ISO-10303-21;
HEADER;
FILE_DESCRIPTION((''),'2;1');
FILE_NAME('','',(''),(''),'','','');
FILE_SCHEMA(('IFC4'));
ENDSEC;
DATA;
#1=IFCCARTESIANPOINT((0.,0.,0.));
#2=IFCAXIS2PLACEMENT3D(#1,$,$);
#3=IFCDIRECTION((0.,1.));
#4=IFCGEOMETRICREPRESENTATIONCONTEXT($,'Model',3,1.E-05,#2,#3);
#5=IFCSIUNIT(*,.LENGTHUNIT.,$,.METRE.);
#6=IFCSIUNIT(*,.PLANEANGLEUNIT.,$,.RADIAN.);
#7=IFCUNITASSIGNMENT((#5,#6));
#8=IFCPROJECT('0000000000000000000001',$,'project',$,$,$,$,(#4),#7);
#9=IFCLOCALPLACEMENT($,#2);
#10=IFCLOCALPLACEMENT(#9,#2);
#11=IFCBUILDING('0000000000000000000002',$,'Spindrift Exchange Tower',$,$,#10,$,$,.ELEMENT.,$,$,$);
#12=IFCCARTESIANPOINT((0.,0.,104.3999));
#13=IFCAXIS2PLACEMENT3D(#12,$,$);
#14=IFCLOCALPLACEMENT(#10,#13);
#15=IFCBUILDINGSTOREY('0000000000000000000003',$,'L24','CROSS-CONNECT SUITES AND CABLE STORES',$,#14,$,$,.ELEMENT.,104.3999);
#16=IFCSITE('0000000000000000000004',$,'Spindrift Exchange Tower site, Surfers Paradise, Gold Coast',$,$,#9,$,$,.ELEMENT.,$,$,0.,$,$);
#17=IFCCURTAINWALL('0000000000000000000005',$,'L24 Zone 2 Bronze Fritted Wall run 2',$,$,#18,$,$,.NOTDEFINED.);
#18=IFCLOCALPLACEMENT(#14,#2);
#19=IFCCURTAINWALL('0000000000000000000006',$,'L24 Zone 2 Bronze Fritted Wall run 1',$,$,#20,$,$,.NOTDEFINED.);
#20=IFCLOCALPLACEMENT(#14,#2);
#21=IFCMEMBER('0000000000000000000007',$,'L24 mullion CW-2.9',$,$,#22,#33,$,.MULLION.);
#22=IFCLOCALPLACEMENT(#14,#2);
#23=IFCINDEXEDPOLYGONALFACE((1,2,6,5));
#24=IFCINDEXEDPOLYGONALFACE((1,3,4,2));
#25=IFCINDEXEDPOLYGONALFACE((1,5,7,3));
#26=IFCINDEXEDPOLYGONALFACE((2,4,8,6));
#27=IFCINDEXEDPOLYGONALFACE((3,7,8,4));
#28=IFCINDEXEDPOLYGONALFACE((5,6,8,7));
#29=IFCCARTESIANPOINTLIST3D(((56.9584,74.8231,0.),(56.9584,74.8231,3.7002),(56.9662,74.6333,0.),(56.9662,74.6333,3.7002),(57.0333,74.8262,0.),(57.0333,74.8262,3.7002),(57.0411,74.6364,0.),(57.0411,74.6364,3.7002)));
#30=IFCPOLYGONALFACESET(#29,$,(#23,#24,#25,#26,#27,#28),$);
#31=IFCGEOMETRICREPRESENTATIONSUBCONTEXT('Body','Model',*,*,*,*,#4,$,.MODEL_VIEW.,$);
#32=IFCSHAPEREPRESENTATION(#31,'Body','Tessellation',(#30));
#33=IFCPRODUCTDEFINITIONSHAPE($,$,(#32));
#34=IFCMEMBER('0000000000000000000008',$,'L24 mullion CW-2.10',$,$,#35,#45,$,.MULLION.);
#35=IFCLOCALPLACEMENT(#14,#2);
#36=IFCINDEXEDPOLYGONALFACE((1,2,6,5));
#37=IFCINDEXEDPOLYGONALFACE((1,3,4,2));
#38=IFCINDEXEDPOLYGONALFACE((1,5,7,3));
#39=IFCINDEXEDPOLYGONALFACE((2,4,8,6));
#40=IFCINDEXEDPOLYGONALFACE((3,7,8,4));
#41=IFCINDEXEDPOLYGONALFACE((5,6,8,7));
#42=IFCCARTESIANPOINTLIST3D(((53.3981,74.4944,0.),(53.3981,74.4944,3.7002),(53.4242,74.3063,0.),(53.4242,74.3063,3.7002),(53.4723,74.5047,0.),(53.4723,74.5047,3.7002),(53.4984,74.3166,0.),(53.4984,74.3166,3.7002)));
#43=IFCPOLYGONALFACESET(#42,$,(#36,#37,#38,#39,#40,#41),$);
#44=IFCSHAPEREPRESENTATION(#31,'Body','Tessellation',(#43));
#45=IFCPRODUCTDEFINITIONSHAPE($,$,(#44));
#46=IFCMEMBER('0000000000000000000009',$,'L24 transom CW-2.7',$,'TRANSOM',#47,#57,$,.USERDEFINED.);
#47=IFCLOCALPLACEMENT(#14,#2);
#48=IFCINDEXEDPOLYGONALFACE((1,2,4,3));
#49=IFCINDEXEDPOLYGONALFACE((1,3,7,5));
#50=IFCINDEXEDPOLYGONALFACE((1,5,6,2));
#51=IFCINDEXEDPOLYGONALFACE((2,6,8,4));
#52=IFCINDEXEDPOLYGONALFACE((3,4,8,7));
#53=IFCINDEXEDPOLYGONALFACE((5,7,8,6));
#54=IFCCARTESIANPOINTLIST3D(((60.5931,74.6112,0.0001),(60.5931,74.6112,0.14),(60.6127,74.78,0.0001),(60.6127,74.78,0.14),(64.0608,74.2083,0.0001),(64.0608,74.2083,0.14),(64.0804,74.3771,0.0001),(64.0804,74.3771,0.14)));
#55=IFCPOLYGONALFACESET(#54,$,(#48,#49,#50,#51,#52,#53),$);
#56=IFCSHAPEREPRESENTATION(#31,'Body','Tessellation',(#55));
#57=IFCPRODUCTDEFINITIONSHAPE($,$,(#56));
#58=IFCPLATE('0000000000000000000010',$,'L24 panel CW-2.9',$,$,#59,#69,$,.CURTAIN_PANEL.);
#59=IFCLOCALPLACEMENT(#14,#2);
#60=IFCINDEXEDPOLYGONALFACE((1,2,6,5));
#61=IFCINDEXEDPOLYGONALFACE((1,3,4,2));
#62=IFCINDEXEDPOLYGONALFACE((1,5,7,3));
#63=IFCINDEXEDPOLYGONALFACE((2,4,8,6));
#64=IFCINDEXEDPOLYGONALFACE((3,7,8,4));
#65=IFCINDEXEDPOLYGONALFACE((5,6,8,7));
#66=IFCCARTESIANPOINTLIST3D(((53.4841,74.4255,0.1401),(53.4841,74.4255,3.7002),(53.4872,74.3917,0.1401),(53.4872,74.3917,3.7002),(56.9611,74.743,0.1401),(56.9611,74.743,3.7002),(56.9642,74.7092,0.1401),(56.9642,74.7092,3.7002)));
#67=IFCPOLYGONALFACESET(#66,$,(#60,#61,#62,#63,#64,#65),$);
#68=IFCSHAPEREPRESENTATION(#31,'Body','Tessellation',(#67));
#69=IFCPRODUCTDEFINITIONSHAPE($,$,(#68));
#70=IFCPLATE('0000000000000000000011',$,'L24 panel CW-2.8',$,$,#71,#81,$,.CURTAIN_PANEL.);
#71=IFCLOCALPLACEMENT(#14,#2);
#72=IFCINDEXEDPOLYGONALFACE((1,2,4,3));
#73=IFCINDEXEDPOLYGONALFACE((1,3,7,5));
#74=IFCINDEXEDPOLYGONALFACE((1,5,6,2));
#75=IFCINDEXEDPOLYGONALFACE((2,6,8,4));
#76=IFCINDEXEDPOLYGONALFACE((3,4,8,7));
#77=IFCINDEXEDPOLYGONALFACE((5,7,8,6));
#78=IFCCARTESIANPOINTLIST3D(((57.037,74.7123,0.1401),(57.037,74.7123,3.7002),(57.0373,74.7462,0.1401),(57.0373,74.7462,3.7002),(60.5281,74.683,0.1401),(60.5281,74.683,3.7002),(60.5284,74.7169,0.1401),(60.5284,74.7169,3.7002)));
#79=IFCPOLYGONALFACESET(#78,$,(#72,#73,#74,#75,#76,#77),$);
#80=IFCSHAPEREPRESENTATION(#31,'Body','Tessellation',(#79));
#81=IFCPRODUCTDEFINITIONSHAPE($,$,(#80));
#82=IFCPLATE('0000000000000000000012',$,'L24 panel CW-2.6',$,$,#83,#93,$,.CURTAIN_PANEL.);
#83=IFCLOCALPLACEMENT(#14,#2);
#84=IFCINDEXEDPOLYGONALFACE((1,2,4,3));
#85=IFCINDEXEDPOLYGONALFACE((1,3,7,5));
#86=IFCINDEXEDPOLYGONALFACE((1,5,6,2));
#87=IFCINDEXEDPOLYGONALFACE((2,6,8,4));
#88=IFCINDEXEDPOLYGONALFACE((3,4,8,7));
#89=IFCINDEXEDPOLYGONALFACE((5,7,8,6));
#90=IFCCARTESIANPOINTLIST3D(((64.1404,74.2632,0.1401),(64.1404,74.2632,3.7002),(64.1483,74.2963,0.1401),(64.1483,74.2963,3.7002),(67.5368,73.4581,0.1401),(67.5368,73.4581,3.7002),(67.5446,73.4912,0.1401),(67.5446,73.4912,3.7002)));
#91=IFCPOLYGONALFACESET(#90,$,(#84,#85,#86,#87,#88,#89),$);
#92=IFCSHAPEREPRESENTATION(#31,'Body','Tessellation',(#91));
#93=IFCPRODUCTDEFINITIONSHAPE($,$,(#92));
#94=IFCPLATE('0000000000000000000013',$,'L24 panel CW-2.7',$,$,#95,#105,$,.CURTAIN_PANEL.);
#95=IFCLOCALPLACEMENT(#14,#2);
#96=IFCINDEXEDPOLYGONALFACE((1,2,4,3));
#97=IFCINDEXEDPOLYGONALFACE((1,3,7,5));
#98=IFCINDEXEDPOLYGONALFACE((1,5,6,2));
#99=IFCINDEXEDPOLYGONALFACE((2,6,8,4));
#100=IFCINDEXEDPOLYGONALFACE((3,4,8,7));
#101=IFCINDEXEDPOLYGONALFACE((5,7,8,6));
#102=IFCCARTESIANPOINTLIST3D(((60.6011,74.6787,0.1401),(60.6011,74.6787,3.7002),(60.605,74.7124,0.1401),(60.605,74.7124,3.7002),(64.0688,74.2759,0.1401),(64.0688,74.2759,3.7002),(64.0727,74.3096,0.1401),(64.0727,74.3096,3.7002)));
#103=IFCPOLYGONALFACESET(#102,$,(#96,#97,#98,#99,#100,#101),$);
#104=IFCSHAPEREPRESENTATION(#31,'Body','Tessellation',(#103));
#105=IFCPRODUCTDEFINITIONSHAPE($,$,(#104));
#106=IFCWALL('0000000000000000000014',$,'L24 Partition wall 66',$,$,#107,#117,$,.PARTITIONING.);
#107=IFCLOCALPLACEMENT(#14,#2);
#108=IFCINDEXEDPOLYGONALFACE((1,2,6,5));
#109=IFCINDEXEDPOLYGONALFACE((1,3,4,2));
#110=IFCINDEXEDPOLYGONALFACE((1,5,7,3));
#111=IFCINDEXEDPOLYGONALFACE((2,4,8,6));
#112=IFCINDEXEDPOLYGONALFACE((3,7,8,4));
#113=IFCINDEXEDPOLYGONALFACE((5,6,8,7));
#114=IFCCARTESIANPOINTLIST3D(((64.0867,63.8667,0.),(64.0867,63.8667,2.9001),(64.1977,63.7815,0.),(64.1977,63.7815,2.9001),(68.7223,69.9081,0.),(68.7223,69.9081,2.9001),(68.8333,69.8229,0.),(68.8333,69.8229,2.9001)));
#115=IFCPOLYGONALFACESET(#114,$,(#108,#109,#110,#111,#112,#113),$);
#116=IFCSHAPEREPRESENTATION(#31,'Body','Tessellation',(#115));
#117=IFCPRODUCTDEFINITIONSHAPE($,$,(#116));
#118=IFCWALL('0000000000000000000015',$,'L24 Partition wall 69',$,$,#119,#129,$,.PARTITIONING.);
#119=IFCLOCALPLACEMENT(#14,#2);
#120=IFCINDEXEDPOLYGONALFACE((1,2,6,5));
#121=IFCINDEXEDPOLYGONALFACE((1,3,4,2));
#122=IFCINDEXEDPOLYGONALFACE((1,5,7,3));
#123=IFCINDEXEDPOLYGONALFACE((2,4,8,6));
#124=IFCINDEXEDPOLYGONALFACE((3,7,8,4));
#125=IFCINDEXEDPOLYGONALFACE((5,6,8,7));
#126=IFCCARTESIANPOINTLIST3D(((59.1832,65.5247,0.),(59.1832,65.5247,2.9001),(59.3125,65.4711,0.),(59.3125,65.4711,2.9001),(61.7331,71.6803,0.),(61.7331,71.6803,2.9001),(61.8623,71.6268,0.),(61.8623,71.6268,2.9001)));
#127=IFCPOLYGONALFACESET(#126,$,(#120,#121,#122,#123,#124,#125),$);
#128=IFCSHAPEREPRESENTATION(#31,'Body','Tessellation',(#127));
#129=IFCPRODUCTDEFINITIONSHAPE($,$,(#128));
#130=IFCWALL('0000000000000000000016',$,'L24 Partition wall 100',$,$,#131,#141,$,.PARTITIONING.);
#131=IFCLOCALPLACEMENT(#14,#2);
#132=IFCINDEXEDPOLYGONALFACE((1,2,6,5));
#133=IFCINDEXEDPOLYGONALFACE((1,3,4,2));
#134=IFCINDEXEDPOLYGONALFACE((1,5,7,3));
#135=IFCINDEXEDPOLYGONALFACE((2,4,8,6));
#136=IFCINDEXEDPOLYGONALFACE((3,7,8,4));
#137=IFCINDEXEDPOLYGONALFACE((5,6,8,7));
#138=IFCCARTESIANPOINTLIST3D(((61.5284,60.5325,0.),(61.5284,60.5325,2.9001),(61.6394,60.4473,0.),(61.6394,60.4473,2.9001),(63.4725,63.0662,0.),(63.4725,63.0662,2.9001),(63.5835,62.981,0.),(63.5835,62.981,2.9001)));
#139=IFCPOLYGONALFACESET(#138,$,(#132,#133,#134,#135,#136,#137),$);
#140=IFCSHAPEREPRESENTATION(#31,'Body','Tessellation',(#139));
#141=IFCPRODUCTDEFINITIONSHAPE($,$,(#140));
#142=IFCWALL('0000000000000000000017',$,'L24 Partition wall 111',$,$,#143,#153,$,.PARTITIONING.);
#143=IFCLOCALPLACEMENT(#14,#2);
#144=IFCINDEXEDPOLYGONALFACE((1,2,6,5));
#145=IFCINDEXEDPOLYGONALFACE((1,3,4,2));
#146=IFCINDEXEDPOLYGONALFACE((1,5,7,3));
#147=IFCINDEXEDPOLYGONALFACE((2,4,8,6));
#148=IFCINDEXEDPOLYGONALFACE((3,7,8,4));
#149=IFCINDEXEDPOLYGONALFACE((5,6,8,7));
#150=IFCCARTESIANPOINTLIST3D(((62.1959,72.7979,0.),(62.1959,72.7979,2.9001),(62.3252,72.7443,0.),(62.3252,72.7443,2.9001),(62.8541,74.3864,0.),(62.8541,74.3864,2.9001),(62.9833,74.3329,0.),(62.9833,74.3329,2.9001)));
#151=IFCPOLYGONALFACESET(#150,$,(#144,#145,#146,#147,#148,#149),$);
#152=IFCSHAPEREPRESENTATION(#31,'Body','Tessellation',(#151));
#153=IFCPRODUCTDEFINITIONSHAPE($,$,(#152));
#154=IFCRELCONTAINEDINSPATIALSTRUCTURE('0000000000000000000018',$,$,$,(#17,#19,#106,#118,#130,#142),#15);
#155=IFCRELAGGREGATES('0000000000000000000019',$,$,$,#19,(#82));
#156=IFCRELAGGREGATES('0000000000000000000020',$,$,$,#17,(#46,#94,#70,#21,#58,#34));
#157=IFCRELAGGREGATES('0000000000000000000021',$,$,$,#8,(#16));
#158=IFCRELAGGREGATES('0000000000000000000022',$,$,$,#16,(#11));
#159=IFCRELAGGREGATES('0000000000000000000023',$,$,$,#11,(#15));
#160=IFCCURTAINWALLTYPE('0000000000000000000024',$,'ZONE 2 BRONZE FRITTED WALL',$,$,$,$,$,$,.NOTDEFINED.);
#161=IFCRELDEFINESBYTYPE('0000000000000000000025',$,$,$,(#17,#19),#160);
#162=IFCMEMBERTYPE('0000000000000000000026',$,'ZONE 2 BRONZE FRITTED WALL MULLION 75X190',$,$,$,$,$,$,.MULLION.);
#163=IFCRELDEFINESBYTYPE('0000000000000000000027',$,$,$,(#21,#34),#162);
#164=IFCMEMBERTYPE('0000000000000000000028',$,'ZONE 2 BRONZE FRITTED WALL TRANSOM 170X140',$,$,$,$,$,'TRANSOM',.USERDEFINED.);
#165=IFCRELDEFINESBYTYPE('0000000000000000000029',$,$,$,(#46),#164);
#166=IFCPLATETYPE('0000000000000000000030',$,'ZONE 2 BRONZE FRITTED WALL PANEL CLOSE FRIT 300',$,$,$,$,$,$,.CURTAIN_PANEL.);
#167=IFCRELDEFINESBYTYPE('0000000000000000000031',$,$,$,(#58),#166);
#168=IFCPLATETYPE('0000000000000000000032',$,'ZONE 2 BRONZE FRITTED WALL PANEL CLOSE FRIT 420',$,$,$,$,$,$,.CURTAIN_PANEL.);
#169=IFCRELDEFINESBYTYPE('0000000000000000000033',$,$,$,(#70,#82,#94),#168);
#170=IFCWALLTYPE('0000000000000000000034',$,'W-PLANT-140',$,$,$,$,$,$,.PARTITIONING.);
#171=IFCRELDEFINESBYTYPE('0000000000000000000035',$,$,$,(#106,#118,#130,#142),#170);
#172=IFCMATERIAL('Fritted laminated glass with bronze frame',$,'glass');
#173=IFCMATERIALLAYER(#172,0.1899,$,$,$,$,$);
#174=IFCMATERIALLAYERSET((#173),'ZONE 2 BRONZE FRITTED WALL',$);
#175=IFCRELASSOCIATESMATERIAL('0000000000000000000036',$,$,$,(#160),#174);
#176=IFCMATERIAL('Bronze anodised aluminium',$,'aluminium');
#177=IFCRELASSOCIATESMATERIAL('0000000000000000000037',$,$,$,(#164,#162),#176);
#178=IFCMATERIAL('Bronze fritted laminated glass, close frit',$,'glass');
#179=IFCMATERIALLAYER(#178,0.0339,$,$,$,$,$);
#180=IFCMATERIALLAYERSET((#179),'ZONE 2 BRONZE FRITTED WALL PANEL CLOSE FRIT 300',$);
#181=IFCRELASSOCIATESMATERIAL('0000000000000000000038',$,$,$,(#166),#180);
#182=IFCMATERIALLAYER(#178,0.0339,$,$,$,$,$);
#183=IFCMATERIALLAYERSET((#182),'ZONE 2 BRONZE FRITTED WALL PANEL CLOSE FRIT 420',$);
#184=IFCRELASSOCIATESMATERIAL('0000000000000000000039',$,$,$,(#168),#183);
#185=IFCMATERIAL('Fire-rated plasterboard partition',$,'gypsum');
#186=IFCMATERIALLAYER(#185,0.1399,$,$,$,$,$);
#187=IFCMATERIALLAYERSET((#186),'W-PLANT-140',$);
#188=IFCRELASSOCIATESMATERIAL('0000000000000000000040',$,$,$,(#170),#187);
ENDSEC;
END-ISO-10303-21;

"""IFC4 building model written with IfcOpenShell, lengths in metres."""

from ifc_helpers import new_model, si_unit, direction, frame, frame_2d, origin, origin_2d, place, context, subcontext, project, spatial, rectangle, extrude, source, transform, mapped, material, layer, layer_set, material_profile, profile_set, type_object, element, aggregate, save


model = new_model("IFC4")

# Units and contexts
model_context = context("Model", 3, precision=1e-05, world=origin(), true_north=direction((0.0, 1.0)))
body_context = subcontext(model_context, "Body", "Model", "MODEL_VIEW")
ifc_project = project(units=[si_unit("LENGTHUNIT", "METRE"), si_unit("PLANEANGLEUNIT", "RADIAN")], contexts=[model_context])

# Site, building, storey
site_placement = place(None, origin())
site = spatial("IfcSite", under=ifc_project, at=site_placement, Name="Spindrift Exchange Tower site, Surfers Paradise, Gold Coast", CompositionType="ELEMENT", RefElevation=0.0)
building_placement = place(site_placement, origin())
building = spatial("IfcBuilding", under=site, at=building_placement, Name="Spindrift Exchange Tower", CompositionType="ELEMENT")
storey_placement = place(building_placement, frame((0.0, 0.0, 104.3999)))
storey = spatial("IfcBuildingStorey", under=building, at=storey_placement, Name="L24", Description="CROSS-CONNECT SUITES AND CABLE STORES", CompositionType="ELEMENT", Elevation=104.3999)

# Curtain wall
ifc_material_1 = material(Name="Fritted laminated glass with bronze frame", Category="glass")
ifc_layer_1 = layer(ifc_material_1, 0.1899)
ifc_layer_set_1 = layer_set([ifc_layer_1], Name="ZONE 2 BRONZE FRITTED WALL")
curtain_wall_type = type_object("IfcCurtainWallType", Name="ZONE 2 BRONZE FRITTED WALL", PredefinedType="NOTDEFINED", material=ifc_layer_set_1)
curtain_wall_1_placement = place(storey_placement, origin())
curtain_wall_1 = element("IfcCurtainWall", 1, at=curtain_wall_1_placement, inside=storey, type_object=curtain_wall_type, Name="L24 Zone 2 Bronze Fritted Wall run 2", PredefinedType="NOTDEFINED")
ifc_material_2 = material(Name="Bronze anodised aluminium", Category="aluminium")
ifc_material_profile_1 = material_profile(ifc_material_2, rectangle(XDim=0.1699, YDim=0.1399, at=origin_2d()), Name="ZONE 2 BRONZE FRITTED WALL TRANSOM 170X140")
ifc_profile_set_1 = profile_set([ifc_material_profile_1], Name="Bronze anodised aluminium")
member_type_1 = type_object("IfcMemberType", Name="ZONE 2 BRONZE FRITTED WALL TRANSOM 170X140", ElementType="TRANSOM", PredefinedType="USERDEFINED", material=ifc_profile_set_1)

# Curtain wall
curtain_wall_2_placement = place(storey_placement, origin())
curtain_wall_2 = element("IfcCurtainWall", 2, at=curtain_wall_2_placement, inside=storey, type_object=curtain_wall_type, Name="L24 Zone 2 Bronze Fritted Wall run 1", PredefinedType="NOTDEFINED")

# Members
ifc_material_profile_2 = material_profile(ifc_material_2, rectangle(XDim=0.075, YDim=0.1899, at=origin_2d()), Name="ZONE 2 BRONZE FRITTED WALL MULLION 75X190")
ifc_profile_set_2 = profile_set([ifc_material_profile_2], Name="Bronze anodised aluminium")
member_type_2 = type_object("IfcMemberType", Name="ZONE 2 BRONZE FRITTED WALL MULLION 75X190", PredefinedType="MULLION", material=ifc_profile_set_2)
shared_shape_1 = source(origin(), body_context, "Body", "SweptSolid", [
    extrude(rectangle(XDim=0.075, YDim=0.1899, at=origin_2d()), origin(), (0.0, 0.0, 1.0), 3.7002),
])
member_1_placement = place(storey_placement, frame((56.9998, 74.7297, 0.0), z_axis=(0.0, 0.0, 1.0), x_axis=(-0.999146, -0.041325, 0.0)))
member_1 = element("IfcMember", 3, at=member_1_placement, type_object=member_type_2, Name="L24 mullion CW-2.9", PredefinedType="MULLION", context=body_context, shape_type="MappedRepresentation", body=[
    mapped(shared_shape_1, transform((0.0, 0.0, 0.0), scale=1.0)),
])
member_2_placement = place(storey_placement, frame((53.4482, 74.4055, 0.0), z_axis=(0.0, 0.0, 1.0), x_axis=(-0.990519, -0.137374, 0.0)))
member_2 = element("IfcMember", 4, at=member_2_placement, type_object=member_type_2, Name="L24 mullion CW-2.10", PredefinedType="MULLION", context=body_context, shape_type="MappedRepresentation", body=[
    mapped(shared_shape_1, transform((0.0, 0.0, 0.0), scale=1.0)),
])
shared_shape_2 = source(origin(), body_context, "Body", "SweptSolid", [
    extrude(rectangle(XDim=0.1699, YDim=0.1399, at=origin_2d()), origin(), (0.0, 0.0, 1.0), 3.491),
])
member_3_placement = place(storey_placement, frame((64.0706, 74.2927, 0.0701), z_axis=(-0.99332, 0.115397, 0.0), x_axis=(-0.115397, -0.99332, 0.0)))
member_3 = element("IfcMember", 5, at=member_3_placement, type_object=member_type_1, Name="L24 transom CW-2.7", ObjectType="TRANSOM", PredefinedType="USERDEFINED", context=body_context, shape_type="MappedRepresentation", body=[
    mapped(shared_shape_2, transform((0.0, 0.0, 0.0), scale=1.0)),
])

# Plates
ifc_material_3 = material(Name="Bronze fritted laminated glass, close frit", Category="glass")
ifc_layer_2 = layer(ifc_material_3, 0.0339)
ifc_layer_set_2 = layer_set([ifc_layer_2], Name="ZONE 2 BRONZE FRITTED WALL PANEL CLOSE FRIT 300")
plate_type_1 = type_object("IfcPlateType", Name="ZONE 2 BRONZE FRITTED WALL PANEL CLOSE FRIT 300", PredefinedType="CURTAIN_PANEL", material=ifc_layer_set_2)
shared_shape_3 = source(origin(), body_context, "Body", "SweptSolid", [
    extrude(rectangle(XDim=3.4915, YDim=0.0339, at=origin_2d()), origin(), (0.0, 0.0, 1.0), 3.5601),
])
plate_1_placement = place(storey_placement, frame((55.2241, 74.5674, 0.1401), z_axis=(0.0, 0.0, 1.0), x_axis=(-0.995857, -0.090933, 0.0)))
plate_1 = element("IfcPlate", 6, at=plate_1_placement, type_object=plate_type_1, Name="L24 panel CW-2.9", PredefinedType="CURTAIN_PANEL", context=body_context, shape_type="MappedRepresentation", body=[
    mapped(shared_shape_3, transform((0.0, 0.0, 0.0), scale=1.0)),
])
ifc_layer_3 = layer(ifc_material_3, 0.0339)
ifc_layer_set_3 = layer_set([ifc_layer_3], Name="ZONE 2 BRONZE FRITTED WALL PANEL CLOSE FRIT 420")
plate_type_2 = type_object("IfcPlateType", Name="ZONE 2 BRONZE FRITTED WALL PANEL CLOSE FRIT 420", PredefinedType="CURTAIN_PANEL", material=ifc_layer_set_3)
shared_shape_4 = source(origin(), body_context, "Body", "SweptSolid", [
    extrude(rectangle(XDim=3.4912, YDim=0.0339, at=origin_2d()), origin(), (0.0, 0.0, 1.0), 3.5601),
])
plate_2_placement = place(storey_placement, frame((58.7827, 74.7146, 0.1401), z_axis=(0.0, 0.0, 1.0), x_axis=(-0.999965, 0.008384, 0.0)))
plate_2 = element("IfcPlate", 7, at=plate_2_placement, type_object=plate_type_2, Name="L24 panel CW-2.8", PredefinedType="CURTAIN_PANEL", context=body_context, shape_type="MappedRepresentation", body=[
    mapped(shared_shape_4, transform((0.0, 0.0, 0.0), scale=1.0)),
])
shared_shape_5 = source(origin(), body_context, "Body", "SweptSolid", [
    extrude(rectangle(XDim=3.4905, YDim=0.0339, at=origin_2d()), origin(), (0.0, 0.0, 1.0), 3.5601),
])
plate_3_placement = place(storey_placement, frame((65.8425, 73.8772, 0.1401), z_axis=(0.0, 0.0, 1.0), x_axis=(-0.973036, 0.230653, 0.0)))
plate_3 = element("IfcPlate", 8, at=plate_3_placement, type_object=plate_type_2, Name="L24 panel CW-2.6", PredefinedType="CURTAIN_PANEL", context=body_context, shape_type="MappedRepresentation", body=[
    mapped(shared_shape_5, transform((0.0, 0.0, 0.0), scale=1.0)),
])
aggregate(curtain_wall_2, [plate_3])
shared_shape_6 = source(origin(), body_context, "Body", "SweptSolid", [
    extrude(rectangle(XDim=3.491, YDim=0.0339, at=origin_2d()), origin(), (0.0, 0.0, 1.0), 3.5601),
])
plate_4_placement = place(storey_placement, frame((62.3369, 74.4941, 0.1401), z_axis=(0.0, 0.0, 1.0), x_axis=(-0.993323, 0.115371, 0.0)))
plate_4 = element("IfcPlate", 9, at=plate_4_placement, type_object=plate_type_2, Name="L24 panel CW-2.7", PredefinedType="CURTAIN_PANEL", context=body_context, shape_type="MappedRepresentation", body=[
    mapped(shared_shape_6, transform((0.0, 0.0, 0.0), scale=1.0)),
])
aggregate(curtain_wall_1, [member_3, plate_4, plate_2, member_1, plate_1, member_2])

# Walls
ifc_material_4 = material(Name="Fire-rated plasterboard partition", Category="gypsum")
ifc_layer_4 = layer(ifc_material_4, 0.1399)
ifc_layer_set_4 = layer_set([ifc_layer_4], Name="W-PLANT-140")
wall_type = type_object("IfcWallType", Name="W-PLANT-140", PredefinedType="PARTITIONING", material=ifc_layer_set_4)
wall_1_placement = place(storey_placement, frame((64.1421, 63.824, 0.0), z_axis=(0.0, 0.0, 1.0), x_axis=(0.608756, 0.793358, 0.0)))
element("IfcWall", 10, at=wall_1_placement, inside=storey, type_object=wall_type, Name="L24 Partition wall 66", PredefinedType="PARTITIONING", context=body_context, shape_type="SweptSolid", body=[
    extrude(rectangle(XDim=7.615, YDim=0.1399, at=frame_2d((3.8076, 0.0))), origin(), (0.0, 0.0, 1.0), 2.9001),
])
wall_2_placement = place(storey_placement, frame((59.2478, 65.4978, 0.0), z_axis=(0.0, 0.0, 1.0), x_axis=(0.382697, 0.923874, 0.0)))
element("IfcWall", 11, at=wall_2_placement, inside=storey, type_object=wall_type, Name="L24 Partition wall 69", PredefinedType="PARTITIONING", context=body_context, shape_type="SweptSolid", body=[
    extrude(rectangle(XDim=6.6628, YDim=0.1399, at=frame_2d((3.3315, 0.0))), origin(), (0.0, 0.0, 1.0), 2.9001),
])
wall_3_placement = place(storey_placement, frame((61.584, 60.49, 0.0), z_axis=(0.0, 0.0, 1.0), x_axis=(0.608746, 0.793365, 0.0)))
element("IfcWall", 12, at=wall_3_placement, inside=storey, type_object=wall_type, Name="L24 Partition wall 100", PredefinedType="PARTITIONING", context=body_context, shape_type="SweptSolid", body=[
    extrude(rectangle(XDim=3.1936, YDim=0.1399, at=frame_2d((1.5967, 0.0))), origin(), (0.0, 0.0, 1.0), 2.9001),
])
wall_4_placement = place(storey_placement, frame((62.2605, 72.771, 0.0), z_axis=(0.0, 0.0, 1.0), x_axis=(0.38277, 0.923844, 0.0)))
element("IfcWall", 13, at=wall_4_placement, inside=storey, type_object=wall_type, Name="L24 Partition wall 111", PredefinedType="PARTITIONING", context=body_context, shape_type="SweptSolid", body=[
    extrude(rectangle(XDim=1.7195, YDim=0.1399, at=frame_2d((0.8599, 0.0))), origin(), (0.0, 0.0, 1.0), 2.9001),
])

save(model, "model.ifc")
